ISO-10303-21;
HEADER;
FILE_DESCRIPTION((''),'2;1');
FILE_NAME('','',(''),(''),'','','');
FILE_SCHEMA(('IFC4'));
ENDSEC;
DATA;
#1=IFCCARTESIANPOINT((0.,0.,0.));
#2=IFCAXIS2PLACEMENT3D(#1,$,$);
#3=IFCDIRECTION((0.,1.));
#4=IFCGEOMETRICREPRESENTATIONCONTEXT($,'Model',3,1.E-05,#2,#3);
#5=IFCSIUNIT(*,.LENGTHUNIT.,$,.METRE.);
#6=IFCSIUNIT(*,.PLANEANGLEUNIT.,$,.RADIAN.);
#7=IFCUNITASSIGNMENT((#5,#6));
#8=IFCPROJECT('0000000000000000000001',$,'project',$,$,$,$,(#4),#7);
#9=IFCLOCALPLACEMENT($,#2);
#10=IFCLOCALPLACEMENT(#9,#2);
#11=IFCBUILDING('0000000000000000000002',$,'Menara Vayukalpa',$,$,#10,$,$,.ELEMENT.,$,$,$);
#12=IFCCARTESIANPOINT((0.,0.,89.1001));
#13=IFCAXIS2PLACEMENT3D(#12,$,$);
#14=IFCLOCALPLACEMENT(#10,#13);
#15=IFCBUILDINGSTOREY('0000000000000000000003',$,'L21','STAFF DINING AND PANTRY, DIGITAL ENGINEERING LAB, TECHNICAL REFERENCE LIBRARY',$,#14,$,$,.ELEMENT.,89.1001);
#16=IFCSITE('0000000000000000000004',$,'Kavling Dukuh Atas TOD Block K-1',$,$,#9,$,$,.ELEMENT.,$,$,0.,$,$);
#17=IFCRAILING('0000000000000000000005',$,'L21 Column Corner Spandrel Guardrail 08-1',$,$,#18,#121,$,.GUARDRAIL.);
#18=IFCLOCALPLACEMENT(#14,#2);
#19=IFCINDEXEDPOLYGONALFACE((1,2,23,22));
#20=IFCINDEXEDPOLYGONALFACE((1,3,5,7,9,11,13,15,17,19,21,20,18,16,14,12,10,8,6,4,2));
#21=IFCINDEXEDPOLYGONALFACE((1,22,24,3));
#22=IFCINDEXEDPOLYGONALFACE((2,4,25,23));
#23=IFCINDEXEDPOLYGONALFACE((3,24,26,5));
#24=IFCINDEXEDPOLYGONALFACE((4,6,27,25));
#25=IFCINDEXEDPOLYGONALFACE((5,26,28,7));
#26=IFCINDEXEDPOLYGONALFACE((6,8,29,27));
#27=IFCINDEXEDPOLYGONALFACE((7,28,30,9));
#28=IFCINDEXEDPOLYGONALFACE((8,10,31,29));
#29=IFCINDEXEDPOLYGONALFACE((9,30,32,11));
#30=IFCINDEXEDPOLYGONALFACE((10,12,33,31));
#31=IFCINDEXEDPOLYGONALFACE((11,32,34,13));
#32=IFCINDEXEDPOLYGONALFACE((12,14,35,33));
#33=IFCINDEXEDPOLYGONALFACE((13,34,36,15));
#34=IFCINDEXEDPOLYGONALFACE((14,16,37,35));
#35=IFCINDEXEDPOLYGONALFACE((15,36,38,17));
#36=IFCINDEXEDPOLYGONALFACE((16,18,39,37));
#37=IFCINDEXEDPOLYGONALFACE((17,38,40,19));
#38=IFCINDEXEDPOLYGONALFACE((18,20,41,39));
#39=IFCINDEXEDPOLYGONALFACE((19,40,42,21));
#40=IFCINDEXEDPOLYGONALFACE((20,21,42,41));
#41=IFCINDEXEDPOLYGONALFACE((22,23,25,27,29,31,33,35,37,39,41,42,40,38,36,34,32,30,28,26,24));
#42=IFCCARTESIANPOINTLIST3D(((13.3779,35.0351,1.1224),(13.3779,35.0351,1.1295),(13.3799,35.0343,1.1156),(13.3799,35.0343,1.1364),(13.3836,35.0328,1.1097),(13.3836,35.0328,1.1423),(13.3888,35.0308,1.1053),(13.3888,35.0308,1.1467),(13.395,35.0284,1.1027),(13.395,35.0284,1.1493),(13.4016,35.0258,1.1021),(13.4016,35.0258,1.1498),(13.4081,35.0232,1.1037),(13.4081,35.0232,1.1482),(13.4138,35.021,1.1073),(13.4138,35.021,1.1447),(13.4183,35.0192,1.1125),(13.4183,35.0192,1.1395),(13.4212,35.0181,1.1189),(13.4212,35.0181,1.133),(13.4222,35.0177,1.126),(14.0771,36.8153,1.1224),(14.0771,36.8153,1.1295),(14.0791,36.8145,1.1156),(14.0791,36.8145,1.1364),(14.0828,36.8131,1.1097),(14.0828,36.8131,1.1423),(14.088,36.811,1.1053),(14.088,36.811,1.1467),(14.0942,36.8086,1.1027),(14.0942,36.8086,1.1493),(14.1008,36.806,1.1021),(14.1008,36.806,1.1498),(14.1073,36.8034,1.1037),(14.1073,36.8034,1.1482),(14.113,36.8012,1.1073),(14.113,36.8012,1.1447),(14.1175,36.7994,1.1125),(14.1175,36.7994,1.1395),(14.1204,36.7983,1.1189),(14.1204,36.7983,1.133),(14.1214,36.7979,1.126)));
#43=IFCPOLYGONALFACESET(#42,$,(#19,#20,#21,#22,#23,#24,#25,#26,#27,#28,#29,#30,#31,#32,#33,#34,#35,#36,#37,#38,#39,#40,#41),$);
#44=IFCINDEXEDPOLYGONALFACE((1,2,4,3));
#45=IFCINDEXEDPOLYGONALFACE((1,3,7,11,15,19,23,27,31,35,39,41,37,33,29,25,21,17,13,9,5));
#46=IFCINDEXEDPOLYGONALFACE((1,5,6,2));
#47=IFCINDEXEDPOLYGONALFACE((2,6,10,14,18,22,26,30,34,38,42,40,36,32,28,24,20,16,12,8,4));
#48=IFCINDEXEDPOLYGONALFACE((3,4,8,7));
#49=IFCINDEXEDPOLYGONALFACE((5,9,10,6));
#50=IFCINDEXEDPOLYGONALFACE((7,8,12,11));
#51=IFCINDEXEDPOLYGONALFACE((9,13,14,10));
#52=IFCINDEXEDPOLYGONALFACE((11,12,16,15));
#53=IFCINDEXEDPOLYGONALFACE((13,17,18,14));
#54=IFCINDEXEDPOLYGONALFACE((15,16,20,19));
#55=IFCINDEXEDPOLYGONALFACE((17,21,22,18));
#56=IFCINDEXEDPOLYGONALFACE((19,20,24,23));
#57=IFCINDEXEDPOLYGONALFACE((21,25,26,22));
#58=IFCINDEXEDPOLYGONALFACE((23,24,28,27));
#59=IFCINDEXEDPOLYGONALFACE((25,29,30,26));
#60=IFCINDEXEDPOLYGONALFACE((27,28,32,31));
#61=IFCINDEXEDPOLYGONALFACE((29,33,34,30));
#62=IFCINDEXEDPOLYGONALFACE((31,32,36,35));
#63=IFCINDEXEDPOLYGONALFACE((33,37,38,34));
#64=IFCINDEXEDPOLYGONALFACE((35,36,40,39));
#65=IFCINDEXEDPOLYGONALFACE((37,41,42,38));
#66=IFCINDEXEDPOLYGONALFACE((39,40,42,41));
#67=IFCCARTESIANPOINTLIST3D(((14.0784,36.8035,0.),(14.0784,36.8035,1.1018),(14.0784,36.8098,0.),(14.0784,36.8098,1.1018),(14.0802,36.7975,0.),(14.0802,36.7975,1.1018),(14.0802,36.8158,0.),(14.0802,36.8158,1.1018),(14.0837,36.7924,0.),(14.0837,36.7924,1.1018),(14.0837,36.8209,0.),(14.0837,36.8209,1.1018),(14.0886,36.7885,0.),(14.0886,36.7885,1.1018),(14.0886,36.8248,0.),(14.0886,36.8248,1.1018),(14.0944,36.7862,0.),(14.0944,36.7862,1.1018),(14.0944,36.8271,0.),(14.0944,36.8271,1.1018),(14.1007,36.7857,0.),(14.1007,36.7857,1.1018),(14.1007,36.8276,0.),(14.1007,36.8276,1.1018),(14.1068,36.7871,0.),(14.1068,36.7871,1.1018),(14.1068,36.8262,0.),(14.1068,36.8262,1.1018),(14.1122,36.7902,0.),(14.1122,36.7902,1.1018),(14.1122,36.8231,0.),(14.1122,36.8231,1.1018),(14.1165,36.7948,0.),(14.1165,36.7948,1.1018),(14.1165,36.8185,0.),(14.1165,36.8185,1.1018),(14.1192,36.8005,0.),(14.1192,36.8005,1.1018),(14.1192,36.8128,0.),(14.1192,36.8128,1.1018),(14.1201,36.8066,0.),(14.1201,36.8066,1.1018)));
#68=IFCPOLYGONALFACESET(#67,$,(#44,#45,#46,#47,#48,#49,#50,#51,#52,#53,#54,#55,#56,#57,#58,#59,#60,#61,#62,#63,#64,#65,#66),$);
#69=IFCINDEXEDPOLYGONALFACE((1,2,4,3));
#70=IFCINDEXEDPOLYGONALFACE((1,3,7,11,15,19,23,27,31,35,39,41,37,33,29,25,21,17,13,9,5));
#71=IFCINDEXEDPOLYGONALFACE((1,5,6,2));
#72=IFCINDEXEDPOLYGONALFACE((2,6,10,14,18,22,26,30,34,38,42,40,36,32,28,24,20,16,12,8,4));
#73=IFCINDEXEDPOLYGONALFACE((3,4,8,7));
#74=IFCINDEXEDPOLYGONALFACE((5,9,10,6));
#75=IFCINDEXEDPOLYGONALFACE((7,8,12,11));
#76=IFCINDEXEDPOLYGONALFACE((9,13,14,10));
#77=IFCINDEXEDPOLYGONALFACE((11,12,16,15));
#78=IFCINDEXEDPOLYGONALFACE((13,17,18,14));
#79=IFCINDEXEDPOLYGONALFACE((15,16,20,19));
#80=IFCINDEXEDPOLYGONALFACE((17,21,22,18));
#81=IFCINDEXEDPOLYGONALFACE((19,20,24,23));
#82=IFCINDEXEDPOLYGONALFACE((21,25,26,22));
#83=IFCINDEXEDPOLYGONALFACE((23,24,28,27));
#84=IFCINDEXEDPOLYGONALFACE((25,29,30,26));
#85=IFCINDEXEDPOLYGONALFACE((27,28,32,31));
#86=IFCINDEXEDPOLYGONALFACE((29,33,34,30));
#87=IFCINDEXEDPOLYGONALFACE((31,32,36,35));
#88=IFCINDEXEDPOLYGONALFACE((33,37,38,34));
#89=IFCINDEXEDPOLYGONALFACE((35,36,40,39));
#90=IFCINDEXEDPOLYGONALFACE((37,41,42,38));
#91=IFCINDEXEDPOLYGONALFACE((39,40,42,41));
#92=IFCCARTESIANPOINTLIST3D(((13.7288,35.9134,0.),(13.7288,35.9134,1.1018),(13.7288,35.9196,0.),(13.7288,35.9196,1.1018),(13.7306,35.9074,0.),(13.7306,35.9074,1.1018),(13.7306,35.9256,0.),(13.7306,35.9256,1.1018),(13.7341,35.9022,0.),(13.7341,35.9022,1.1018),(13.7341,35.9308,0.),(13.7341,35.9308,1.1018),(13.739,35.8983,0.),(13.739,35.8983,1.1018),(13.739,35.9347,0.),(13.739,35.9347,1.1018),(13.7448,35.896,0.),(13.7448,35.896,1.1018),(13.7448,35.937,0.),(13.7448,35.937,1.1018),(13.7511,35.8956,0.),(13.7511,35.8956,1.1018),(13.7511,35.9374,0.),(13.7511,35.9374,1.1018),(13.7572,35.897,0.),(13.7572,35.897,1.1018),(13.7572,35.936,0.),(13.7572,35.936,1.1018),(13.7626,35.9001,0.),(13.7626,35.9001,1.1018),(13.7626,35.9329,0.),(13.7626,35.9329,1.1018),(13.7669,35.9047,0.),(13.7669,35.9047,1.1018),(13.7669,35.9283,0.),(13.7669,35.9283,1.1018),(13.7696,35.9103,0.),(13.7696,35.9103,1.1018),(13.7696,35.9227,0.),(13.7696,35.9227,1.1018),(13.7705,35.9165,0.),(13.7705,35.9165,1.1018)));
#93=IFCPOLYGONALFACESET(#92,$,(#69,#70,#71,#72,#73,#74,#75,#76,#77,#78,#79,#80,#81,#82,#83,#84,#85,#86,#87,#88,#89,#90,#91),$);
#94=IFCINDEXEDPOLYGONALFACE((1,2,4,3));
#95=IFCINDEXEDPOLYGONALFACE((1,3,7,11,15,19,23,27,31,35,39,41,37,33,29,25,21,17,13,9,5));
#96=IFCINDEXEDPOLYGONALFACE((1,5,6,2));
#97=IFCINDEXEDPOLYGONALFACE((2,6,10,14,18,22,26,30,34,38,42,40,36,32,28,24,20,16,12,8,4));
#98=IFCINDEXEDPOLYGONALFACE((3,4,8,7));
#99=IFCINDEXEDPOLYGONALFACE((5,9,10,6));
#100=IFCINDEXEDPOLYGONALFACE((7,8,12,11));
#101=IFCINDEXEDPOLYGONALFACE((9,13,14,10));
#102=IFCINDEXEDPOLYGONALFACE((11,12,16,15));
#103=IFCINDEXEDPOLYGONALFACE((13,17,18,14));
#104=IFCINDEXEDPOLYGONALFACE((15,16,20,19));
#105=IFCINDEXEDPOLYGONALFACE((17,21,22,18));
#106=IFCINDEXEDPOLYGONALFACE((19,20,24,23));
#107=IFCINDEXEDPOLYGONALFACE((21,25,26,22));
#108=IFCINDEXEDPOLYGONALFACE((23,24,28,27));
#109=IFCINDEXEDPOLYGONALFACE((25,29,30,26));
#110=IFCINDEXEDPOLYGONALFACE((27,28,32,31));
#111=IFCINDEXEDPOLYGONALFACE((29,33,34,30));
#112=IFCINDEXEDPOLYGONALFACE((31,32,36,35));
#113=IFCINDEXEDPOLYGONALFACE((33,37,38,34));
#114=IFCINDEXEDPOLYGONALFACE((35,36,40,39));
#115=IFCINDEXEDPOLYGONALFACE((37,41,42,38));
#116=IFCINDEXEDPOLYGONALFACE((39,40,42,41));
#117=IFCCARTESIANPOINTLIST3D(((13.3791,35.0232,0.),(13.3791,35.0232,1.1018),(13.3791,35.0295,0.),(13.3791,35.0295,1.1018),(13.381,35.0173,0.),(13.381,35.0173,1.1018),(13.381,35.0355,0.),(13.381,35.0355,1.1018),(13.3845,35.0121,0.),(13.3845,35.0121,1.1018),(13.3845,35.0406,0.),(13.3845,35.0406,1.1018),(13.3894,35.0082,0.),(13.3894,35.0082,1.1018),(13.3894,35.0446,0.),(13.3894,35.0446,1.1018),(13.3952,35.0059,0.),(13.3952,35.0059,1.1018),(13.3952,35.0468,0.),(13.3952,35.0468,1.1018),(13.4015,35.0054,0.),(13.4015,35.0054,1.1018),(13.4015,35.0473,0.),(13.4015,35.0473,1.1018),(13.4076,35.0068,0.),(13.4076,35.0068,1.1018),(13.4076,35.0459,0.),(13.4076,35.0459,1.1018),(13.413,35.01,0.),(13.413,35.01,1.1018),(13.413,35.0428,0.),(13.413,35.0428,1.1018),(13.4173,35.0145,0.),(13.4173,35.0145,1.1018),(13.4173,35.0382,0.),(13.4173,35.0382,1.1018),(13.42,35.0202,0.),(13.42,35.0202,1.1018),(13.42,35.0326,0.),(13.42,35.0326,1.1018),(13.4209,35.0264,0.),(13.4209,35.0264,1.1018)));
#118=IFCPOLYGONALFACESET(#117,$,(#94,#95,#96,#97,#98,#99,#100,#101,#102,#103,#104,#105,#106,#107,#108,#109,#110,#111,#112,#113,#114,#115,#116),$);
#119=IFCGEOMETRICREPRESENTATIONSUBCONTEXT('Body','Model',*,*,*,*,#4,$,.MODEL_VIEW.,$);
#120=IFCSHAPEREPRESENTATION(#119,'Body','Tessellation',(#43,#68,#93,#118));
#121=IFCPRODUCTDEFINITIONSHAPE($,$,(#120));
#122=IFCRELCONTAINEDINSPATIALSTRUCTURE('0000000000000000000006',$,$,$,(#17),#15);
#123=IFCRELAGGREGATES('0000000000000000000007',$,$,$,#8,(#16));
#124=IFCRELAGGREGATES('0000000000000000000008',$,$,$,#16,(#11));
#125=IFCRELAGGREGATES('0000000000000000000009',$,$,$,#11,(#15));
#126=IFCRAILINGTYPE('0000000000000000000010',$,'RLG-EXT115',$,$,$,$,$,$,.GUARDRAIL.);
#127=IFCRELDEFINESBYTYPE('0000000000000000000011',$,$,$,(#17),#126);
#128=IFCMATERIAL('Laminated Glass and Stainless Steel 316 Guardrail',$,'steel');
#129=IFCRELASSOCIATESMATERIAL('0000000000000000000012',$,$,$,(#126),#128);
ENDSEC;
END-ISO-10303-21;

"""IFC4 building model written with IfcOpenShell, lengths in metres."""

from ifc_helpers import new_model, si_unit, direction, frame, origin, origin_2d, place, context, subcontext, project, spatial, circle, extrude, material, type_object, element, save


model = new_model("IFC4")

# Units and contexts
model_context = context("Model", 3, precision=1e-05, world=origin(), true_north=direction((0.0, 1.0)))
body_context = subcontext(model_context, "Body", "Model", "MODEL_VIEW")
ifc_project = project(units=[si_unit("LENGTHUNIT", "METRE"), si_unit("PLANEANGLEUNIT", "RADIAN")], contexts=[model_context])

# Site, building, storey
site_placement = place(None, origin())
site = spatial("IfcSite", under=ifc_project, at=site_placement, Name="Kavling Dukuh Atas TOD Block K-1", CompositionType="ELEMENT", RefElevation=0.0)
building_placement = place(site_placement, origin())
building = spatial("IfcBuilding", under=site, at=building_placement, Name="Menara Vayukalpa", CompositionType="ELEMENT")
storey_placement = place(building_placement, frame((0.0, 0.0, 89.1001)))
storey = spatial("IfcBuildingStorey", under=building, at=storey_placement, Name="L21", Description="STAFF DINING AND PANTRY, DIGITAL ENGINEERING LAB, TECHNICAL REFERENCE LIBRARY", CompositionType="ELEMENT", Elevation=89.1001)

# Railing
ifc_material_1 = material(Name="Laminated Glass and Stainless Steel 316 Guardrail", Category="steel")
railing_type = type_object("IfcRailingType", Name="RLG-EXT115", PredefinedType="GUARDRAIL", material=ifc_material_1)
railing_1_placement = place(storey_placement, frame((14.0991, 36.8066, 0.0)))
element("IfcRailing", 1, at=railing_1_placement, inside=storey, type_object=railing_type, Name="L21 Column Corner Spandrel Guardrail 08-1", PredefinedType="GUARDRAIL", context=body_context, shape_type="SweptSolid", body=[
    extrude(circle(Radius=0.0239, at=origin_2d()), frame((0.0, 0.0, 1.126), z_axis=(-0.365573, -0.930783, 0.0), x_axis=(0.930783, -0.365573, 0.0)), (0.0, 0.0, 1.0), 1.9126),
    extrude(circle(Radius=0.021, at=origin_2d()), origin(), (0.0, 0.0, 1.0), 1.1018),
    extrude(circle(Radius=0.021, at=origin_2d()), frame((-0.3496, -0.8901, 0.0)), (0.0, 0.0, 1.0), 1.1018),
    extrude(circle(Radius=0.021, at=origin_2d()), frame((-0.6992, -1.7803, 0.0)), (0.0, 0.0, 1.0), 1.1018),
])

save(model, "model.ifc")
